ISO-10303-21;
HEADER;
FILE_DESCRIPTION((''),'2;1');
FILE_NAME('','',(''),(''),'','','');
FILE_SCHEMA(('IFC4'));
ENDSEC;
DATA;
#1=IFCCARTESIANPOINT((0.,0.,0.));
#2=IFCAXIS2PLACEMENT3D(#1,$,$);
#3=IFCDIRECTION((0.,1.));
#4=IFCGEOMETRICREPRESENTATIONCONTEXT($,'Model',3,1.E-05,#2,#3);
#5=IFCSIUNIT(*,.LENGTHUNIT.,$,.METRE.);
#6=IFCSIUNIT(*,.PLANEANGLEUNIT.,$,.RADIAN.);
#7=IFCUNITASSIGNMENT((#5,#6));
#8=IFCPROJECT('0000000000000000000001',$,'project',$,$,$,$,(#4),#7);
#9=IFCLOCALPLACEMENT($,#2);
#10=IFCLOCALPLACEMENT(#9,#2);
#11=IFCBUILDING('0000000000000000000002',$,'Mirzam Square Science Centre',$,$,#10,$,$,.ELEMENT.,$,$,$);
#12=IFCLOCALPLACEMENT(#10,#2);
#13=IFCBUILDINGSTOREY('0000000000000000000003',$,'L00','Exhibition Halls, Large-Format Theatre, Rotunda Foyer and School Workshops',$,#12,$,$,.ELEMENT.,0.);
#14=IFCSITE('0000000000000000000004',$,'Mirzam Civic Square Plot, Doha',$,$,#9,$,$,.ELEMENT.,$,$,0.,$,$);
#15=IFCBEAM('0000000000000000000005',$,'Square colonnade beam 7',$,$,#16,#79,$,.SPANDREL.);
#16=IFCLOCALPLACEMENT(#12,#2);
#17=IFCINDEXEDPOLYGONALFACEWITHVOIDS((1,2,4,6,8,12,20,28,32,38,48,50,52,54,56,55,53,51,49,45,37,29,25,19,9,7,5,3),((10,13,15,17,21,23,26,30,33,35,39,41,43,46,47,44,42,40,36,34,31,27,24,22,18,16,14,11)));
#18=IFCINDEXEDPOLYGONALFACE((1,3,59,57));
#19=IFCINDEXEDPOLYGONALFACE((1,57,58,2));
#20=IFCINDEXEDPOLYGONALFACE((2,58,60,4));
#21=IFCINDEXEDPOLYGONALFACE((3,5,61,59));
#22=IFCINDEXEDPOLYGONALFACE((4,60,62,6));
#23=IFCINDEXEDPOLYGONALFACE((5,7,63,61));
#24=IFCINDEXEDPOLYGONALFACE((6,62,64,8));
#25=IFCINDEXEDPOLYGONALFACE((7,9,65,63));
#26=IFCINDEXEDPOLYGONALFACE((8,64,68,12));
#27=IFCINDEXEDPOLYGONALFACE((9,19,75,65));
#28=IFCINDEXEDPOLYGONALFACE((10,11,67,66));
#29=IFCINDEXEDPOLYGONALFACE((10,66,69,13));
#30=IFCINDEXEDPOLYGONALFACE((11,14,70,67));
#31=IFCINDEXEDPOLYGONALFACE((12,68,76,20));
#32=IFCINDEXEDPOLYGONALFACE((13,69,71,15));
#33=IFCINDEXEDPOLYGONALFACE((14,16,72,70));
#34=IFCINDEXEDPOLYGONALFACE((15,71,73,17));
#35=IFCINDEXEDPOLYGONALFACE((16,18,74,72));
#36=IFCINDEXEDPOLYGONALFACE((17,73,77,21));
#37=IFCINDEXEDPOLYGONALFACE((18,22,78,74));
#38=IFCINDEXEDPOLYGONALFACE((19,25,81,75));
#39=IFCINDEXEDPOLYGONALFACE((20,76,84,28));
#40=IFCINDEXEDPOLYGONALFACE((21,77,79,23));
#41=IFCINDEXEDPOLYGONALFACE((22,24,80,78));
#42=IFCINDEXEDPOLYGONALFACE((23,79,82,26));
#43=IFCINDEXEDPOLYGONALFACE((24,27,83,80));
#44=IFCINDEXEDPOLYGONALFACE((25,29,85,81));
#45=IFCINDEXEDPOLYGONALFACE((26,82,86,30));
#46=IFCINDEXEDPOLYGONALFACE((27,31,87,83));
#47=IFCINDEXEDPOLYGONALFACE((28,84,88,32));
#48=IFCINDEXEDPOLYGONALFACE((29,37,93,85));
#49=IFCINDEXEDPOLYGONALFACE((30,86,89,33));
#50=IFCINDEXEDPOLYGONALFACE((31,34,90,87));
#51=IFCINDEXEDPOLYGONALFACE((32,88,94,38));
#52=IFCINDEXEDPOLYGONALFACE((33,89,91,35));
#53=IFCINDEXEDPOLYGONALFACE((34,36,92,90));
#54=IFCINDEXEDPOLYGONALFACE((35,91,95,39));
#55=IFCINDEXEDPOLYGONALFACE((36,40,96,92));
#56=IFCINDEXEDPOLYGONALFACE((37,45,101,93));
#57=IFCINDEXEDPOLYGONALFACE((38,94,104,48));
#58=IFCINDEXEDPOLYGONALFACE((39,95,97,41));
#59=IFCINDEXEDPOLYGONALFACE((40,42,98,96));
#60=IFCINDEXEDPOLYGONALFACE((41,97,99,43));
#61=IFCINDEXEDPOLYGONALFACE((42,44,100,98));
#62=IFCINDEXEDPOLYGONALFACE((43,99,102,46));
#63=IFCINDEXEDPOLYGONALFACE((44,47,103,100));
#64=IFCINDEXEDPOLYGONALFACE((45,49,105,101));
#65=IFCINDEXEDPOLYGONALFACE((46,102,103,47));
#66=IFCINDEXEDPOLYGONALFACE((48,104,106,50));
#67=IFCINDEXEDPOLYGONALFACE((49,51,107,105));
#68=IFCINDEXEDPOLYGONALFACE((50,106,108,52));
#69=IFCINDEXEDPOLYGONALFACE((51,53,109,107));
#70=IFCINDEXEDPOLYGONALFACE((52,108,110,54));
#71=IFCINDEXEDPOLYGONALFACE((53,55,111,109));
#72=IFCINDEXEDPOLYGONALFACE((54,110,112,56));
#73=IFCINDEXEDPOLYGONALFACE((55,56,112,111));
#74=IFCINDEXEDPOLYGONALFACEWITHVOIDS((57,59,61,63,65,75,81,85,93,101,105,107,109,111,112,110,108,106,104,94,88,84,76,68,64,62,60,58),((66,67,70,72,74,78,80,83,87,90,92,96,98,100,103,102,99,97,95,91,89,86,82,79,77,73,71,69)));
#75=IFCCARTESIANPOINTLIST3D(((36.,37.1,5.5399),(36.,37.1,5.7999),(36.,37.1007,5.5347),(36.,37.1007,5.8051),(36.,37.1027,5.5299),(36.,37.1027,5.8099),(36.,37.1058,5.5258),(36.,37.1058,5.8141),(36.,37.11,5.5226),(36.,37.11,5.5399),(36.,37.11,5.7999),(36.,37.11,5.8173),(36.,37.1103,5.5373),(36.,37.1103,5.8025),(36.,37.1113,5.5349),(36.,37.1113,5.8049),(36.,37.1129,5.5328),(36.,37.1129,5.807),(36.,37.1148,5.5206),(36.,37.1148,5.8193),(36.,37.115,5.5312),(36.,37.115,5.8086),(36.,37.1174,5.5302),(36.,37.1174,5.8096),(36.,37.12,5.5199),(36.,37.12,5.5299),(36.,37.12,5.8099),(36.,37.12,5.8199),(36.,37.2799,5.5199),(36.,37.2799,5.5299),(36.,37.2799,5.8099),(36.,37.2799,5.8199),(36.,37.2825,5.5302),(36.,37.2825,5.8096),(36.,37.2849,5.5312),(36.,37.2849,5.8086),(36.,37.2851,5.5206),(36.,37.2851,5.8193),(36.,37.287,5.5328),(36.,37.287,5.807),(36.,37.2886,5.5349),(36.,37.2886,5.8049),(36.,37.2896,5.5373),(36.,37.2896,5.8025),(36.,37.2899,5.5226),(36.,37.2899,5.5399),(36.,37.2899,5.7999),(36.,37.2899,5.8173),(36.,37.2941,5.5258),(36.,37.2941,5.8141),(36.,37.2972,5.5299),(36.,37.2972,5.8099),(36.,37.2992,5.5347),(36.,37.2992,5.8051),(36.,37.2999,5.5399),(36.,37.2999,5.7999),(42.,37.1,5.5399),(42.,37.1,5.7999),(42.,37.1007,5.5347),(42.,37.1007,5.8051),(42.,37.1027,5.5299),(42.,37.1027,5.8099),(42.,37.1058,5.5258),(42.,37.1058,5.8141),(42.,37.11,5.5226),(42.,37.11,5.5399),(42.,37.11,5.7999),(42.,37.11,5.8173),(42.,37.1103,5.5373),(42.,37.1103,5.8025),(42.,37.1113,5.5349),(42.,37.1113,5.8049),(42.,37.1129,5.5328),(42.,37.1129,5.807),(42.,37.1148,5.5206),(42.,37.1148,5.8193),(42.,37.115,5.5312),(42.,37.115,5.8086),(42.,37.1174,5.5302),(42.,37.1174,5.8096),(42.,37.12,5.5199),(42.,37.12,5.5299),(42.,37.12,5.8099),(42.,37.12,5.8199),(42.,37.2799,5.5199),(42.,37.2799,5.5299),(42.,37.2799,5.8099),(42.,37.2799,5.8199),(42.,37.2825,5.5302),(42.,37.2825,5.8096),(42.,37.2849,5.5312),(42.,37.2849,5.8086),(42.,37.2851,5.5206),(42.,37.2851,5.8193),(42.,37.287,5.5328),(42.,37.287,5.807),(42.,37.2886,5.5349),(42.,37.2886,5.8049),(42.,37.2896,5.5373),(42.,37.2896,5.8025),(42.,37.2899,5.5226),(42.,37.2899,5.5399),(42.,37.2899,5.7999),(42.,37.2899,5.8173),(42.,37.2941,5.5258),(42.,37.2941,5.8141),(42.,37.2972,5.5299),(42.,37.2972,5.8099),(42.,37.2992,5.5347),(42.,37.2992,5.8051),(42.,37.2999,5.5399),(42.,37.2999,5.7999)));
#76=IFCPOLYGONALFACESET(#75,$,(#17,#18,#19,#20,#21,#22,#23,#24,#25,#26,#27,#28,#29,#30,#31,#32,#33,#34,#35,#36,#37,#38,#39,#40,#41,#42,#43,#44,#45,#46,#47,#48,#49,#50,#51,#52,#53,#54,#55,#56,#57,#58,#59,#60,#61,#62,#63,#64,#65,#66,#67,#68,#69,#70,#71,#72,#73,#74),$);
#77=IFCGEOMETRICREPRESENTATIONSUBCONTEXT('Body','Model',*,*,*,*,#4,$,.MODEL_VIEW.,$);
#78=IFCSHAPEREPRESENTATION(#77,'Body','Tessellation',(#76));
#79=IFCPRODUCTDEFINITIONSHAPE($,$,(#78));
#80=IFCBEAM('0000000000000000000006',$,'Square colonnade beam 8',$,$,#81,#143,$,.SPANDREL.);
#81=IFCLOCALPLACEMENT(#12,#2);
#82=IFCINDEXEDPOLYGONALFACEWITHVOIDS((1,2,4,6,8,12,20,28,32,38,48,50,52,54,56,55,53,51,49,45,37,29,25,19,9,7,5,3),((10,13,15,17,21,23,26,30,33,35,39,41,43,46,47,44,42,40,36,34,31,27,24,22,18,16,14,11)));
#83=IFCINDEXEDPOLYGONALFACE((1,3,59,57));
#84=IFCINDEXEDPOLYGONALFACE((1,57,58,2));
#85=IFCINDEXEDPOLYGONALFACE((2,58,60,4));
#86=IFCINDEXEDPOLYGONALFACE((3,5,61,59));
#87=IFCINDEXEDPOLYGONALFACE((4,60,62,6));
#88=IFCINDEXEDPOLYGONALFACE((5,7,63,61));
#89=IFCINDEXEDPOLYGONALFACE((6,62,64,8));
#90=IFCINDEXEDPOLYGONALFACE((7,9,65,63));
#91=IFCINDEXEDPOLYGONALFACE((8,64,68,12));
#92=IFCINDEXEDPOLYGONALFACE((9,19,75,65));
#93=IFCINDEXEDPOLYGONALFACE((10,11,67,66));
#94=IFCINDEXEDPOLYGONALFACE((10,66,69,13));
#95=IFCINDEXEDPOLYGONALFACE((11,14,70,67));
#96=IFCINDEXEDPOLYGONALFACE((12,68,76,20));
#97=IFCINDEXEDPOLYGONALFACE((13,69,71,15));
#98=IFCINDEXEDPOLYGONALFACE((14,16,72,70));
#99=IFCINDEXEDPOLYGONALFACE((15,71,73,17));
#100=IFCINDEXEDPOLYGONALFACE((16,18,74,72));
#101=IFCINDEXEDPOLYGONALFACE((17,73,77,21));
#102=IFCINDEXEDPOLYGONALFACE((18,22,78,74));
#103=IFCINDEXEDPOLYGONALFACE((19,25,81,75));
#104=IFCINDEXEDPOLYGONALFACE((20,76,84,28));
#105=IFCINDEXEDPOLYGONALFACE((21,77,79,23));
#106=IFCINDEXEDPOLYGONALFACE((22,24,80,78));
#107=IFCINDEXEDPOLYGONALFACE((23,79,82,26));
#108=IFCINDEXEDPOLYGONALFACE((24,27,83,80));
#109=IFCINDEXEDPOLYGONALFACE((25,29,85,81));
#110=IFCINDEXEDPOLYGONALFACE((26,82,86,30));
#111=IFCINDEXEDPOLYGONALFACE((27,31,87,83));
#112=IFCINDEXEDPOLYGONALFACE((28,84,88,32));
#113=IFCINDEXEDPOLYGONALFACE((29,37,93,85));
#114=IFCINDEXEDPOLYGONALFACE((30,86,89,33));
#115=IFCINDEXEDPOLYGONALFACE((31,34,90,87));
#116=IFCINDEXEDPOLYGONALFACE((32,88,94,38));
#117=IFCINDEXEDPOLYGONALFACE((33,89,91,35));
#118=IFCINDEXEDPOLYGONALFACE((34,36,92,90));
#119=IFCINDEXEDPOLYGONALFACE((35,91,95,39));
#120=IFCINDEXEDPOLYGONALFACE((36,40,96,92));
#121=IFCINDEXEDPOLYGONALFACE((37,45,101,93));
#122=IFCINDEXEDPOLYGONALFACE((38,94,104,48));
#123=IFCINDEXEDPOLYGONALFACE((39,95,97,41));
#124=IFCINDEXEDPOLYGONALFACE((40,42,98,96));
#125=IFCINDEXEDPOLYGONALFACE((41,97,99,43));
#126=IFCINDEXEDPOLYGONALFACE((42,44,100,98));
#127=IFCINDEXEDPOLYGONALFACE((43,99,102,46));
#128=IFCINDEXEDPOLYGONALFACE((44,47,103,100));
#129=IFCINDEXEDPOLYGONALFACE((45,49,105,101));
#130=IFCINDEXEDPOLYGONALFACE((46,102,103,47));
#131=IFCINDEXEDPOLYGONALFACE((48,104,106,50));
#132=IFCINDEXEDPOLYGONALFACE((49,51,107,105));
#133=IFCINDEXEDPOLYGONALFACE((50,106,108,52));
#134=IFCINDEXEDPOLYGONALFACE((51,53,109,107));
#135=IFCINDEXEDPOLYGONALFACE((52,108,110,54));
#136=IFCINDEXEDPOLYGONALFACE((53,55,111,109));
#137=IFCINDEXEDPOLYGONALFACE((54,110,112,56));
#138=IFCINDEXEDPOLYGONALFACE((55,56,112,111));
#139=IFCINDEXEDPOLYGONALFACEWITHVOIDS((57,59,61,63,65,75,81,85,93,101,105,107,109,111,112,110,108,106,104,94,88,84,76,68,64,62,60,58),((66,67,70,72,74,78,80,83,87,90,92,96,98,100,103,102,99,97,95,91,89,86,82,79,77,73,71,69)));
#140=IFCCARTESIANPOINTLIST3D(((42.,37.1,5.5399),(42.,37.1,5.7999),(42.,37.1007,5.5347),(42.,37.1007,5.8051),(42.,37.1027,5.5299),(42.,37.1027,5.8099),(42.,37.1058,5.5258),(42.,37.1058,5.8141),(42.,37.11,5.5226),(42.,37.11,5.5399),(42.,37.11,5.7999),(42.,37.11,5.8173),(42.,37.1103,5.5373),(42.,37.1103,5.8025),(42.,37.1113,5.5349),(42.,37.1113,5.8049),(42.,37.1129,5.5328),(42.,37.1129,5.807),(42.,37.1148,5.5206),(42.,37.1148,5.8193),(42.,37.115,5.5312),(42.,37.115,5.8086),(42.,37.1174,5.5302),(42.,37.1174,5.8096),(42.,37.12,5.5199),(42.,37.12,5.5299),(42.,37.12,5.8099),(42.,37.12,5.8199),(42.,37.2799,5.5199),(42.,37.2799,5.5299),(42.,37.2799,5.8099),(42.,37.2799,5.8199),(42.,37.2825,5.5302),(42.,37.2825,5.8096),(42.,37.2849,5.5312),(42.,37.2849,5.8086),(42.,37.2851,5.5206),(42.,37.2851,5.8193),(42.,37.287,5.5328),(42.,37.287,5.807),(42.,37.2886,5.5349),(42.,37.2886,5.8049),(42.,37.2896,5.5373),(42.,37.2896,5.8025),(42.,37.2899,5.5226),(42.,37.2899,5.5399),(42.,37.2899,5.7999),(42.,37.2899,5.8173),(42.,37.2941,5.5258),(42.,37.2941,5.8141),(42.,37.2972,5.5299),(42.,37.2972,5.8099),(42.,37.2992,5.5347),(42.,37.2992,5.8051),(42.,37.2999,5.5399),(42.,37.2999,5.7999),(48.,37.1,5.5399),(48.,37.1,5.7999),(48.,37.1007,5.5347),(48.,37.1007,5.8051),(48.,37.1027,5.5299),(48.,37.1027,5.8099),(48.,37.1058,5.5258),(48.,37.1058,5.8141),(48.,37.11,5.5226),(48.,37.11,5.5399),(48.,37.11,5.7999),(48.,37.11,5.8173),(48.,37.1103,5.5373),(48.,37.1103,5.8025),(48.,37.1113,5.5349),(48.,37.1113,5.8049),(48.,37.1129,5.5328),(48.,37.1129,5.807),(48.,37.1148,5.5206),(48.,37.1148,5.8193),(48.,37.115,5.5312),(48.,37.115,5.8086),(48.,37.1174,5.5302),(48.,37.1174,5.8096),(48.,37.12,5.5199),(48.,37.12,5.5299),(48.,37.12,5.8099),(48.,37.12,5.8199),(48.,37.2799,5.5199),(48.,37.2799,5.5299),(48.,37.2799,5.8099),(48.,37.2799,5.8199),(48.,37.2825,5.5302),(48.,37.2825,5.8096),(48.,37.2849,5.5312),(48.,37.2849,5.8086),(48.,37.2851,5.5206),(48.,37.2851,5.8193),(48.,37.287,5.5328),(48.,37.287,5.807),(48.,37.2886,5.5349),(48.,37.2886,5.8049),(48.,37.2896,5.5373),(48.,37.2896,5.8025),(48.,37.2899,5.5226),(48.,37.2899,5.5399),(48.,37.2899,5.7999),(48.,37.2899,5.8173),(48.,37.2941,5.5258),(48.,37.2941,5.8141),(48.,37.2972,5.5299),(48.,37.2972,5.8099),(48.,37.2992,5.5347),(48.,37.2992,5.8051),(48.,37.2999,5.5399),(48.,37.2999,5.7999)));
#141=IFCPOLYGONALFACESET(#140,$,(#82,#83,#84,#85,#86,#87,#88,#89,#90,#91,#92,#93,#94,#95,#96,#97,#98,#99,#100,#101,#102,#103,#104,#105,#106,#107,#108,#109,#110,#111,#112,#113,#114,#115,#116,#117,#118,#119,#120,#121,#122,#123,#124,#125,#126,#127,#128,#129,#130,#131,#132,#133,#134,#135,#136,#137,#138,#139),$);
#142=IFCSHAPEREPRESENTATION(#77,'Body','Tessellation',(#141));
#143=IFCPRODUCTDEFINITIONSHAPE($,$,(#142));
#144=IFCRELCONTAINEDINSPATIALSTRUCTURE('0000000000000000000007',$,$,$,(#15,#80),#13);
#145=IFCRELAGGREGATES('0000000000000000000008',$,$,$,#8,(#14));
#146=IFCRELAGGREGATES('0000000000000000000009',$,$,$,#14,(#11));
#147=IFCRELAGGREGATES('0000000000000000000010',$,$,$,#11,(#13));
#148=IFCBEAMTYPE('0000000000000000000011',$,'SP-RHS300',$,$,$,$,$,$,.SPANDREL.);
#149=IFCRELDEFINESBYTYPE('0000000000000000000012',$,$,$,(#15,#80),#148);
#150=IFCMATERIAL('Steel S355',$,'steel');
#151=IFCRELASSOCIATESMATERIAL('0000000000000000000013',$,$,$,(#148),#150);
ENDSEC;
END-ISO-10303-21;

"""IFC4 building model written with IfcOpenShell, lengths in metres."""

from ifc_helpers import new_model, si_unit, direction, frame, origin, origin_2d, place, context, subcontext, project, spatial, hollow_rectangle, extrude, material, material_profile, profile_set, type_object, element, save


model = new_model("IFC4")

# Units and contexts
model_context = context("Model", 3, precision=1e-05, world=origin(), true_north=direction((0.0, 1.0)))
body_context = subcontext(model_context, "Body", "Model", "MODEL_VIEW")
ifc_project = project(units=[si_unit("LENGTHUNIT", "METRE"), si_unit("PLANEANGLEUNIT", "RADIAN")], contexts=[model_context])

# Site, building, storey
site_placement = place(None, origin())
site = spatial("IfcSite", under=ifc_project, at=site_placement, Name="Mirzam Civic Square Plot, Doha", CompositionType="ELEMENT", RefElevation=0.0)
building_placement = place(site_placement, origin())
building = spatial("IfcBuilding", under=site, at=building_placement, Name="Mirzam Square Science Centre", CompositionType="ELEMENT")
storey_placement = place(building_placement, origin())
storey = spatial("IfcBuildingStorey", under=building, at=storey_placement, Name="L00", Description="Exhibition Halls, Large-Format Theatre, Rotunda Foyer and School Workshops", CompositionType="ELEMENT", Elevation=0.0)

# Shared definitions
ifc_material_1 = material(Name="Steel S355", Category="steel")

# Beams
ifc_material_profile_1 = material_profile(ifc_material_1, hollow_rectangle(XDim=0.2, YDim=0.3, WallThickness=0.01, InnerFilletRadius=0.01, OuterFilletRadius=0.02, at=origin_2d()), Name="300x200x10.0RHS")
ifc_profile_set_1 = profile_set([ifc_material_profile_1], Name="Steel S355")
beam_type_1 = type_object("IfcBeamType", Name="SP-RHS300", PredefinedType="SPANDREL", material=ifc_profile_set_1)
for number, where, z_axis, x_axis, name in (
    (1, (36.0, 37.2, 5.6699), (1.0, 0.0, 0.0), (0.0, 1.0, 0.0), "Square colonnade beam 7"),
    (2, (42.0, 37.2, 5.6699), (1.0, 0.0, 0.0), (0.0, 1.0, 0.0), "Square colonnade beam 8"),
):
    element("IfcBeam", number, at=place(storey_placement, frame(where, z_axis=z_axis, x_axis=x_axis)), inside=storey, type_object=beam_type_1, Name=name, PredefinedType="SPANDREL", context=body_context, shape_type="SweptSolid", body=[
        extrude(hollow_rectangle(XDim=0.2, YDim=0.3, WallThickness=0.01, InnerFilletRadius=0.01, OuterFilletRadius=0.02, at=origin_2d()), origin(), (0.0, 0.0, 1.0), 6.0),
    ])

save(model, "model.ifc")
